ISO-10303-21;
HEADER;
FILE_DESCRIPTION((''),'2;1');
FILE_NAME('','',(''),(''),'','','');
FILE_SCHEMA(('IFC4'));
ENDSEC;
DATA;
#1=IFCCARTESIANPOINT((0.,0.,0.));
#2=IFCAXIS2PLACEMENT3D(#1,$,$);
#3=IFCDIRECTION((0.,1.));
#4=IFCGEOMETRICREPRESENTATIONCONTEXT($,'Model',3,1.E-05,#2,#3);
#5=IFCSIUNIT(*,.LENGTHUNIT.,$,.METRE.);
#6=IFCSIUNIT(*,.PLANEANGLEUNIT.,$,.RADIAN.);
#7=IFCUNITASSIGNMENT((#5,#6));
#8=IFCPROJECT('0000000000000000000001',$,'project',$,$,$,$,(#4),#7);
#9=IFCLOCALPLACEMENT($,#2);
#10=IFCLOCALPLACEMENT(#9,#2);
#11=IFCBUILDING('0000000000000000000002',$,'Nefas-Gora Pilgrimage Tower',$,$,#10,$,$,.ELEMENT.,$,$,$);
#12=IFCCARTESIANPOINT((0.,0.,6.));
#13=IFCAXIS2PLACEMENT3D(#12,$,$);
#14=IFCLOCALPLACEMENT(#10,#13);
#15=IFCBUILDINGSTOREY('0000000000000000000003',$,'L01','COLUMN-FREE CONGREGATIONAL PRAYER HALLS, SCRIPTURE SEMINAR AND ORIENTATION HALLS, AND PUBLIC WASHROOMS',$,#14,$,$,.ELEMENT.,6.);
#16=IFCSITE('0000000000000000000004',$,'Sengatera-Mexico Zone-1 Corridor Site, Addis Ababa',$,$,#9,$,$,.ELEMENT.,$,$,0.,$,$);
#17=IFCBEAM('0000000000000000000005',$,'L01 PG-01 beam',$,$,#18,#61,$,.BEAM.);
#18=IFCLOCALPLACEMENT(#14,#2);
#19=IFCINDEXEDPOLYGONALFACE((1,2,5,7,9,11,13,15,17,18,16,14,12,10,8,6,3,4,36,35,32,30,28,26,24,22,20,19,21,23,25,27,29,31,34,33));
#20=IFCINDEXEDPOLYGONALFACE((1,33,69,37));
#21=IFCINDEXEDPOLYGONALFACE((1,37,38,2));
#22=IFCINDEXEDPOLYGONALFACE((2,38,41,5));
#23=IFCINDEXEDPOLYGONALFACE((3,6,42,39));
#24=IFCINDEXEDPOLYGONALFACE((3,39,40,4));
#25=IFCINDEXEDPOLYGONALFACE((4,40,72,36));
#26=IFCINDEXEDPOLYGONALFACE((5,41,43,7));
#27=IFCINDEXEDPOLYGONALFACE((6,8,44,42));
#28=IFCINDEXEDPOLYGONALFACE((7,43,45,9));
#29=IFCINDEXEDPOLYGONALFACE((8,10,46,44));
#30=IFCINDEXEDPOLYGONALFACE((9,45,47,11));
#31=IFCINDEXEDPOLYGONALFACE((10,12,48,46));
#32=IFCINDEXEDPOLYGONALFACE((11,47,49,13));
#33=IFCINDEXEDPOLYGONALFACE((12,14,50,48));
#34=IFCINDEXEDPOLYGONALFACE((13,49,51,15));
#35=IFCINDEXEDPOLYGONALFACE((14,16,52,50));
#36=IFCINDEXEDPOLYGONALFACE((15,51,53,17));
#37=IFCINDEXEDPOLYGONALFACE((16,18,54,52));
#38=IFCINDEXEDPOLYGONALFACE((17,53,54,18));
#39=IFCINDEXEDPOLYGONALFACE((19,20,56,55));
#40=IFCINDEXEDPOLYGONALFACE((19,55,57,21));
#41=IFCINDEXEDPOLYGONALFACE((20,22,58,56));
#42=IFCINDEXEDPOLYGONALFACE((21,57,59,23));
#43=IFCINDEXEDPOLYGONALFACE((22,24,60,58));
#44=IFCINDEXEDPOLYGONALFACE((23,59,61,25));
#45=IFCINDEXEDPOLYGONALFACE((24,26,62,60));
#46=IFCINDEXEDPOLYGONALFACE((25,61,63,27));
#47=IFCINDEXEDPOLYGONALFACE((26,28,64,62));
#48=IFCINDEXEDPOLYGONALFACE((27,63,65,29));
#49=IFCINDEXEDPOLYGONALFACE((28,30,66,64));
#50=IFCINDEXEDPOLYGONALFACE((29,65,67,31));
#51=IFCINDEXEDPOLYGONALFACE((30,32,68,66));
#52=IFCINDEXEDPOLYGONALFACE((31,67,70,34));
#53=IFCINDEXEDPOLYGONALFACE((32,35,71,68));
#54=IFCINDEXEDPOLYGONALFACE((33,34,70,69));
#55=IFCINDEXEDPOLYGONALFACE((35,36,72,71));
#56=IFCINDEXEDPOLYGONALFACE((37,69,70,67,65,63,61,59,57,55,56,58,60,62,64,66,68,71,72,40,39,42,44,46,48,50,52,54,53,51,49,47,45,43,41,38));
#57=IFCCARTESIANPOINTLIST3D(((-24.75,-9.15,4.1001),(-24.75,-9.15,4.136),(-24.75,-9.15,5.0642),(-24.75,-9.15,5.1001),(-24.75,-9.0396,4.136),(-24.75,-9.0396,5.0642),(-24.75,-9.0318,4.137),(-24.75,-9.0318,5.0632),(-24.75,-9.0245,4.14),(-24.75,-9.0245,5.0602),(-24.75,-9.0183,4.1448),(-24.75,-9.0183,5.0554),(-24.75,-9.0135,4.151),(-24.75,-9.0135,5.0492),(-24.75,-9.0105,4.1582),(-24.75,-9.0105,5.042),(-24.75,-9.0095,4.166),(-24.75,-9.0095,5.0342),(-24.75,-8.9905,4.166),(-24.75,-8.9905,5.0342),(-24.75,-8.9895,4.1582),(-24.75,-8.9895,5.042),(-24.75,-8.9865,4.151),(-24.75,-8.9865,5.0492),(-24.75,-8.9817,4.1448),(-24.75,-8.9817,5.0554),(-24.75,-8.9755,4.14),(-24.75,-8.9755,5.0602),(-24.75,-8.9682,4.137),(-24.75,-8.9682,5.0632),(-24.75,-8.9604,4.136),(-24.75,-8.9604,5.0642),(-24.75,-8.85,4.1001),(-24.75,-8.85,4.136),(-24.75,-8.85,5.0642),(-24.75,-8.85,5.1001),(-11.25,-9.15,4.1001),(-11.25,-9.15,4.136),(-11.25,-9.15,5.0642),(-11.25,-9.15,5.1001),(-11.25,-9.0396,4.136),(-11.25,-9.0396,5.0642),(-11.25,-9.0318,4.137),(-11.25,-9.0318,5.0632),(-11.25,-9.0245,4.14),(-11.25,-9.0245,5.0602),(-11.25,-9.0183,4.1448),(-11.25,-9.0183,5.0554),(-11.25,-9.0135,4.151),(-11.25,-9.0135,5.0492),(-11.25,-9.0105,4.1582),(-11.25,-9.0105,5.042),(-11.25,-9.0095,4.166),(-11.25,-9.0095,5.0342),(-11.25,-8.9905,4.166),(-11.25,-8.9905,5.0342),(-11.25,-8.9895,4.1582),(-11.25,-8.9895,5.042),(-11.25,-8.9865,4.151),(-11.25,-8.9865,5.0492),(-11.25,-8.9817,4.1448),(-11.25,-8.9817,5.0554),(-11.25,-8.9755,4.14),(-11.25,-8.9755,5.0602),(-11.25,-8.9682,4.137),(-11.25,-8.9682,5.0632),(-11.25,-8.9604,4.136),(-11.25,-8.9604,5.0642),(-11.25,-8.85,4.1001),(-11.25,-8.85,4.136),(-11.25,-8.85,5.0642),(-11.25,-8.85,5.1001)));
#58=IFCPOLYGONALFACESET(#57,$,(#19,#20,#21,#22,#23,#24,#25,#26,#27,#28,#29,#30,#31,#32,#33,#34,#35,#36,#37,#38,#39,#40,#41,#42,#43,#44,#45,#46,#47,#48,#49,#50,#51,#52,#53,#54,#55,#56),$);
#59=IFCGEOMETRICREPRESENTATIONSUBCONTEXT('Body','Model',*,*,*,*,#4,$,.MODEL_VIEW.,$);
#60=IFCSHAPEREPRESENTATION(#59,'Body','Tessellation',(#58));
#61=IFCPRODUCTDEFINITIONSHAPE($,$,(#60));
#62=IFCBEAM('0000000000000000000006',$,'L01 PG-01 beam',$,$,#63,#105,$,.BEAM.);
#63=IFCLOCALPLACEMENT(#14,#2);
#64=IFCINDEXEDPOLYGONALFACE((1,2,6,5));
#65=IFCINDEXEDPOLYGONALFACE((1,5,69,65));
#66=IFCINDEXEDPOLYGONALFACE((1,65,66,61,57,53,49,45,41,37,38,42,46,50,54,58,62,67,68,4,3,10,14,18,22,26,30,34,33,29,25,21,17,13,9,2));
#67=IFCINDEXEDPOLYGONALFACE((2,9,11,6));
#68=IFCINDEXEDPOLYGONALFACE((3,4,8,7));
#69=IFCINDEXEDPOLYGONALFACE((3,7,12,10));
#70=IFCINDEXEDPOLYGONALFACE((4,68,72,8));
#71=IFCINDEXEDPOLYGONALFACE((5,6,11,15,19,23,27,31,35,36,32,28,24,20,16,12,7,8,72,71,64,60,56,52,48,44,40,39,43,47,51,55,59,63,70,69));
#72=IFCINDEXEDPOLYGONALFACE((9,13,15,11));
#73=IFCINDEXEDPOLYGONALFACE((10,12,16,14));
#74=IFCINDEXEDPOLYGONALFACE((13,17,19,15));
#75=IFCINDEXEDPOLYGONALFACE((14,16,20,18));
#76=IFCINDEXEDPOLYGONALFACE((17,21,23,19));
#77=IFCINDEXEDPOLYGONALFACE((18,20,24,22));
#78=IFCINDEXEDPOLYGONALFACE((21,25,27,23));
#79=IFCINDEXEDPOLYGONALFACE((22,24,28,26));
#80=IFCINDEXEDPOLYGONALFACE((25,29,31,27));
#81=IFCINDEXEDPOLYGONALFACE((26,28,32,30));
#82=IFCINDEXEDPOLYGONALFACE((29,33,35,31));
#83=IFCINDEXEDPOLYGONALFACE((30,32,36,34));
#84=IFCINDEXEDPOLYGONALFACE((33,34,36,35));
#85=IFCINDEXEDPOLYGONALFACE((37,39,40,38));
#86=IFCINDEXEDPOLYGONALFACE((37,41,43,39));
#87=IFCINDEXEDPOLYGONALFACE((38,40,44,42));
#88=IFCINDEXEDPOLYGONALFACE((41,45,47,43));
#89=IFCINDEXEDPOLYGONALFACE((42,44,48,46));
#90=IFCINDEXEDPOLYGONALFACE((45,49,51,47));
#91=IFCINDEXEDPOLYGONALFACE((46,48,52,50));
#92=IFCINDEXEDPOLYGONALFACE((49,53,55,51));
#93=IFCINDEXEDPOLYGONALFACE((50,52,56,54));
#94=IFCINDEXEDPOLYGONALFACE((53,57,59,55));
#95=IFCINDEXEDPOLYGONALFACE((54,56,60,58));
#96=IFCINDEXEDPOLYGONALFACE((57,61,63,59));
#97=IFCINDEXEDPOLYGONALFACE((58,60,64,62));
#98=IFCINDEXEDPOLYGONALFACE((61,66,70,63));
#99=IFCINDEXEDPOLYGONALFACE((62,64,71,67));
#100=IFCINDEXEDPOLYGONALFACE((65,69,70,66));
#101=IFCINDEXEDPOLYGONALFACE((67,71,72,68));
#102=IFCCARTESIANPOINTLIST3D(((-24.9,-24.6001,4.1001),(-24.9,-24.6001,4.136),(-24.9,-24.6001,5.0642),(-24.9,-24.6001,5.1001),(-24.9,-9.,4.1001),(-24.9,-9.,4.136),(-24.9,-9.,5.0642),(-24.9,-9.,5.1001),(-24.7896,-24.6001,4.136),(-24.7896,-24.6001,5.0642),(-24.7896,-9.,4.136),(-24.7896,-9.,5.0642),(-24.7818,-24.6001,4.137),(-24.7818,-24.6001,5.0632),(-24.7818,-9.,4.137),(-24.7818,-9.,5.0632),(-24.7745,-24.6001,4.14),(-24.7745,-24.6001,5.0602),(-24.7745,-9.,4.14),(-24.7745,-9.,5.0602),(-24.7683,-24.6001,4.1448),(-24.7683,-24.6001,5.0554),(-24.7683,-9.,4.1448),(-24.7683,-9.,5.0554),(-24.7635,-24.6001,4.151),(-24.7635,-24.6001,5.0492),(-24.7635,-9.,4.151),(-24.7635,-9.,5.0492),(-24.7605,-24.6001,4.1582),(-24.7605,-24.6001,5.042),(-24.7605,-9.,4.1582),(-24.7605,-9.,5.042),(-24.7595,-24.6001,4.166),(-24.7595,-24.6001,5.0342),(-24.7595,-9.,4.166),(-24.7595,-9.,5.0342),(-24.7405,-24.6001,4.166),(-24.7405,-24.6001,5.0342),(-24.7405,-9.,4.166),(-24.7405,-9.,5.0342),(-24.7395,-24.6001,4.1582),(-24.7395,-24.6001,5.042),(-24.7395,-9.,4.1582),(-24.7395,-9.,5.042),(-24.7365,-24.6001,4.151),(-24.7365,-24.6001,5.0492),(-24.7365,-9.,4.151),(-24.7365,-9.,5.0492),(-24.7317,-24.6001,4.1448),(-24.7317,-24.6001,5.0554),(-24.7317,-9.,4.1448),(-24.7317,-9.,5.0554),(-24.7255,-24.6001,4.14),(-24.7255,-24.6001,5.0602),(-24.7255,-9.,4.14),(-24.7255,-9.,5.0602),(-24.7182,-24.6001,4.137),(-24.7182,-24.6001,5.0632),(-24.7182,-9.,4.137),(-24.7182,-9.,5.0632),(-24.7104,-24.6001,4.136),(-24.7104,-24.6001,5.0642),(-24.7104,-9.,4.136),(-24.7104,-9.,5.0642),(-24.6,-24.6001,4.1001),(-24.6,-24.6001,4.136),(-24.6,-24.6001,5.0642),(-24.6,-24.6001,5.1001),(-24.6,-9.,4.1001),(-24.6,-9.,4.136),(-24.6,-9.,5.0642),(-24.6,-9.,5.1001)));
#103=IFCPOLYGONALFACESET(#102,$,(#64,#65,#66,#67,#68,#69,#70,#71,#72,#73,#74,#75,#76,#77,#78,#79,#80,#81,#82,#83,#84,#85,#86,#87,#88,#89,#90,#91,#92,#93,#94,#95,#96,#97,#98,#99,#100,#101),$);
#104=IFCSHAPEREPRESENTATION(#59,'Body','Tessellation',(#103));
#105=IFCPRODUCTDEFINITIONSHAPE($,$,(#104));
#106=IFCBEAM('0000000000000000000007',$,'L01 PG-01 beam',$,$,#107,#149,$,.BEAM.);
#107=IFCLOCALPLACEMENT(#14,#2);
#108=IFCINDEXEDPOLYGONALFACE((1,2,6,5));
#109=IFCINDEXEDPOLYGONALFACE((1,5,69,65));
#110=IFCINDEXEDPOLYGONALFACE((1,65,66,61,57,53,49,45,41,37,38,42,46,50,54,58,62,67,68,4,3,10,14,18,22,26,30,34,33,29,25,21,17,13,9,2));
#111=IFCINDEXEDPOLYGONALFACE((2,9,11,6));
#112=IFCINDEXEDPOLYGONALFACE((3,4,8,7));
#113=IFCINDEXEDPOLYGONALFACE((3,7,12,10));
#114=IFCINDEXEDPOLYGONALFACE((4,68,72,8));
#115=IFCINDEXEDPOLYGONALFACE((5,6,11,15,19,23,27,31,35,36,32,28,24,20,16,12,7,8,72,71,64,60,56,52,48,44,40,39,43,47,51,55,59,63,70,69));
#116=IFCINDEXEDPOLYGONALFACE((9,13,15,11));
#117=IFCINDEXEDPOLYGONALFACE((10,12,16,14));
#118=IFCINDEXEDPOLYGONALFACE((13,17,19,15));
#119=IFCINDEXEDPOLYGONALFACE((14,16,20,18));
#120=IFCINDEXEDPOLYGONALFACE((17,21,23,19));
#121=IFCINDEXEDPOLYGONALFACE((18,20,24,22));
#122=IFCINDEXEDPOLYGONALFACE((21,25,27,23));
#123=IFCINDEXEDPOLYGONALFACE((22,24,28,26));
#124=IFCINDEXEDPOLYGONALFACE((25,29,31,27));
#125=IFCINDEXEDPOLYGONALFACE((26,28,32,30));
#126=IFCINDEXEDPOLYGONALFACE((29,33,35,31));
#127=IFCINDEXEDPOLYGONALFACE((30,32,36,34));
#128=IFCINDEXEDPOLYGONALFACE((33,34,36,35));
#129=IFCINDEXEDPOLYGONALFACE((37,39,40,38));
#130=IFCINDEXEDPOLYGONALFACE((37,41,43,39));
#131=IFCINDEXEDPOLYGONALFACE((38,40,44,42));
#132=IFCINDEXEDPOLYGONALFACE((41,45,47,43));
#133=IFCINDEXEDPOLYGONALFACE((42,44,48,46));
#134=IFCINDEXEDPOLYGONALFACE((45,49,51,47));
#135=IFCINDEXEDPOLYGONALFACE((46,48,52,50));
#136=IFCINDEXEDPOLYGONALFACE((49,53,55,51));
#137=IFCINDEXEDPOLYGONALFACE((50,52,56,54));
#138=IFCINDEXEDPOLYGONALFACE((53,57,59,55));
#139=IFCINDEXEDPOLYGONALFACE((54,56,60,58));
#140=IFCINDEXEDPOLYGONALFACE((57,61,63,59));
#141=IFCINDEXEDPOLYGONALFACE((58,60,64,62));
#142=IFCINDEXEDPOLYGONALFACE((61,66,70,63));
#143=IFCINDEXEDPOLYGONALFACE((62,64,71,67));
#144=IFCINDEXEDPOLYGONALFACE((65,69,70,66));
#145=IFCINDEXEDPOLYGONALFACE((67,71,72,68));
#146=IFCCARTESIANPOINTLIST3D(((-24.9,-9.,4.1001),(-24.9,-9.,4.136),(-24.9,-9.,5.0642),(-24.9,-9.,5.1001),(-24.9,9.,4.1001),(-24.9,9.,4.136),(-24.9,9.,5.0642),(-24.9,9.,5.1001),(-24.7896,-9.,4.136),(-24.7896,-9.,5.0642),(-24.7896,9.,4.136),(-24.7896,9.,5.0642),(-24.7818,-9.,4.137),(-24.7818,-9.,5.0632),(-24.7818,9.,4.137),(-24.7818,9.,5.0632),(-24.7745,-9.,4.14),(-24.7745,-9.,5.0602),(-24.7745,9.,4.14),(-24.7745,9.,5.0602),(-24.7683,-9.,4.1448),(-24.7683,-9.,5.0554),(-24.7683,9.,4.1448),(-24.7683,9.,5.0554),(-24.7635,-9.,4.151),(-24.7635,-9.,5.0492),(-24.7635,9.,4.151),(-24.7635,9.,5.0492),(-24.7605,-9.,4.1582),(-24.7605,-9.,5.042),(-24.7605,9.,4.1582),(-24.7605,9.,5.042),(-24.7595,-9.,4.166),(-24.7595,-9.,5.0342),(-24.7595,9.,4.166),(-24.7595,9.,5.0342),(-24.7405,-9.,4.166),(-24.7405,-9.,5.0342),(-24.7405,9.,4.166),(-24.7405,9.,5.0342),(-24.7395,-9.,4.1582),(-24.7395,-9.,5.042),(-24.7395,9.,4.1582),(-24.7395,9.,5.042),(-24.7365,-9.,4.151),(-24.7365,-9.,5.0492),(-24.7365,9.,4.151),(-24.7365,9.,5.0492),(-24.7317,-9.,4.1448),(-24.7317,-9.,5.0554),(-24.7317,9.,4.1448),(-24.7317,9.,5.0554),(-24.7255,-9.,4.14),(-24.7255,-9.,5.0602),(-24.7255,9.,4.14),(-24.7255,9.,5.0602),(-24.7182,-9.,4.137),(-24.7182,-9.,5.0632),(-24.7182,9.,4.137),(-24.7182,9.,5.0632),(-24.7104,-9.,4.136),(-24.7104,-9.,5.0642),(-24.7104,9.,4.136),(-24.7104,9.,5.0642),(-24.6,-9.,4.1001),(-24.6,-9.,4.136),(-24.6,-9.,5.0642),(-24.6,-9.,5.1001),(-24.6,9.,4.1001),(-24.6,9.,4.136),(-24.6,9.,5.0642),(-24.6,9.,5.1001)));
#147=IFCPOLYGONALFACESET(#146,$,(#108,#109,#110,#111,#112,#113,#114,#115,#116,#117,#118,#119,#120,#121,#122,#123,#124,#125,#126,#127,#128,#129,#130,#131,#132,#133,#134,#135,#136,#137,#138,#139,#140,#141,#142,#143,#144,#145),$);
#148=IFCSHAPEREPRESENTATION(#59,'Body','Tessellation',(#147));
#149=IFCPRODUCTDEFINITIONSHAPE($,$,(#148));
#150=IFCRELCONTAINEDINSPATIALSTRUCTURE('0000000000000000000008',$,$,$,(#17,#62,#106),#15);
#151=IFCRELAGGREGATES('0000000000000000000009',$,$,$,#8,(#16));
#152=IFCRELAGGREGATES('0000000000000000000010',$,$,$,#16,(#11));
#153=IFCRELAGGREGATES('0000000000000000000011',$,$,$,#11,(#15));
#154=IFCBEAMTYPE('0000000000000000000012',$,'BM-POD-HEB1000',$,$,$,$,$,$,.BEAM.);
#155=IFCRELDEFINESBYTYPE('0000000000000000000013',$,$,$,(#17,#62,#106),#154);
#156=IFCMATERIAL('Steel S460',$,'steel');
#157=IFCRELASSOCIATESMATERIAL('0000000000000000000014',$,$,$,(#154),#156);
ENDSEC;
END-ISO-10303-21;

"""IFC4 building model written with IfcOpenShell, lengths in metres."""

from ifc_helpers import new_model, si_unit, direction, frame, origin, origin_2d, place, context, subcontext, project, spatial, i_section, extrude, source, transform, mapped, material, material_profile, profile_set, type_object, element, save


model = new_model("IFC4")

# Units and contexts
model_context = context("Model", 3, precision=1e-05, world=origin(), true_north=direction((0.0, 1.0)))
body_context = subcontext(model_context, "Body", "Model", "MODEL_VIEW")
ifc_project = project(units=[si_unit("LENGTHUNIT", "METRE"), si_unit("PLANEANGLEUNIT", "RADIAN")], contexts=[model_context])

# Site, building, storey
site_placement = place(None, origin())
site = spatial("IfcSite", under=ifc_project, at=site_placement, Name="Sengatera-Mexico Zone-1 Corridor Site, Addis Ababa", CompositionType="ELEMENT", RefElevation=0.0)
building_placement = place(site_placement, origin())
building = spatial("IfcBuilding", under=site, at=building_placement, Name="Nefas-Gora Pilgrimage Tower", CompositionType="ELEMENT")
storey_placement = place(building_placement, frame((0.0, 0.0, 6.0)))
storey = spatial("IfcBuildingStorey", under=building, at=storey_placement, Name="L01", Description="COLUMN-FREE CONGREGATIONAL PRAYER HALLS, SCRIPTURE SEMINAR AND ORIENTATION HALLS, AND PUBLIC WASHROOMS", CompositionType="ELEMENT", Elevation=6.0)

# Shared definitions
ifc_material_1 = material(Name="Steel S460", Category="steel")

# Beams
ifc_material_profile_1 = material_profile(ifc_material_1, i_section(OverallWidth=0.3, OverallDepth=1.0, WebThickness=0.019, FlangeThickness=0.0359, FilletRadius=0.03, at=origin_2d()), Name="HEB 1000")
ifc_profile_set_1 = profile_set([ifc_material_profile_1], Name="Steel S460")
beam_type_1 = type_object("IfcBeamType", Name="BM-POD-HEB1000", PredefinedType="BEAM", material=ifc_profile_set_1)
shared_shape_1 = source(origin(), body_context, "Body", "SweptSolid", [
    extrude(i_section(OverallWidth=0.3, OverallDepth=1.0, WebThickness=0.019, FlangeThickness=0.0359, FilletRadius=0.03, at=origin_2d()), origin(), (0.0, 0.0, 1.0), 13.5),
])
beam_1_placement = place(storey_placement, frame((-24.75, -9.0, 4.6001), z_axis=(1.0, 0.0, 0.0), x_axis=(0.0, 1.0, 0.0)))
element("IfcBeam", 1, at=beam_1_placement, inside=storey, type_object=beam_type_1, Name="L01 PG-01 beam", PredefinedType="BEAM", context=body_context, shape_type="MappedRepresentation", body=[
    mapped(shared_shape_1, transform((0.0, 0.0, 0.0), x_axis=(1.0, 0.0, 0.0), y_axis=(0.0, 1.0, 0.0), z_axis=(0.0, 0.0, 1.0), scale=1.0)),
])
shared_shape_2 = source(origin(), body_context, "Body", "SweptSolid", [
    extrude(i_section(OverallWidth=0.3, OverallDepth=1.0, WebThickness=0.019, FlangeThickness=0.0359, FilletRadius=0.03, at=origin_2d()), origin(), (0.0, 0.0, 1.0), 15.6001),
])
beam_2_placement = place(storey_placement, frame((-24.75, -24.6001, 4.6001), z_axis=(0.0, 1.0, 0.0), x_axis=(-1.0, 0.0, 0.0)))
element("IfcBeam", 2, at=beam_2_placement, inside=storey, type_object=beam_type_1, Name="L01 PG-01 beam", PredefinedType="BEAM", context=body_context, shape_type="MappedRepresentation", body=[
    mapped(shared_shape_2, transform((0.0, 0.0, 0.0), x_axis=(1.0, 0.0, 0.0), y_axis=(0.0, 1.0, 0.0), z_axis=(0.0, 0.0, 1.0), scale=1.0)),
])
shared_shape_3 = source(origin(), body_context, "Body", "SweptSolid", [
    extrude(i_section(OverallWidth=0.3, OverallDepth=1.0, WebThickness=0.019, FlangeThickness=0.0359, FilletRadius=0.03, at=origin_2d()), origin(), (0.0, 0.0, 1.0), 18.0),
])
beam_3_placement = place(storey_placement, frame((-24.75, -9.0, 4.6001), z_axis=(0.0, 1.0, 0.0), x_axis=(-1.0, 0.0, 0.0)))
element("IfcBeam", 3, at=beam_3_placement, inside=storey, type_object=beam_type_1, Name="L01 PG-01 beam", PredefinedType="BEAM", context=body_context, shape_type="MappedRepresentation", body=[
    mapped(shared_shape_3, transform((0.0, 0.0, 0.0), x_axis=(1.0, 0.0, 0.0), y_axis=(0.0, 1.0, 0.0), z_axis=(0.0, 0.0, 1.0), scale=1.0)),
])

save(model, "model.ifc")
